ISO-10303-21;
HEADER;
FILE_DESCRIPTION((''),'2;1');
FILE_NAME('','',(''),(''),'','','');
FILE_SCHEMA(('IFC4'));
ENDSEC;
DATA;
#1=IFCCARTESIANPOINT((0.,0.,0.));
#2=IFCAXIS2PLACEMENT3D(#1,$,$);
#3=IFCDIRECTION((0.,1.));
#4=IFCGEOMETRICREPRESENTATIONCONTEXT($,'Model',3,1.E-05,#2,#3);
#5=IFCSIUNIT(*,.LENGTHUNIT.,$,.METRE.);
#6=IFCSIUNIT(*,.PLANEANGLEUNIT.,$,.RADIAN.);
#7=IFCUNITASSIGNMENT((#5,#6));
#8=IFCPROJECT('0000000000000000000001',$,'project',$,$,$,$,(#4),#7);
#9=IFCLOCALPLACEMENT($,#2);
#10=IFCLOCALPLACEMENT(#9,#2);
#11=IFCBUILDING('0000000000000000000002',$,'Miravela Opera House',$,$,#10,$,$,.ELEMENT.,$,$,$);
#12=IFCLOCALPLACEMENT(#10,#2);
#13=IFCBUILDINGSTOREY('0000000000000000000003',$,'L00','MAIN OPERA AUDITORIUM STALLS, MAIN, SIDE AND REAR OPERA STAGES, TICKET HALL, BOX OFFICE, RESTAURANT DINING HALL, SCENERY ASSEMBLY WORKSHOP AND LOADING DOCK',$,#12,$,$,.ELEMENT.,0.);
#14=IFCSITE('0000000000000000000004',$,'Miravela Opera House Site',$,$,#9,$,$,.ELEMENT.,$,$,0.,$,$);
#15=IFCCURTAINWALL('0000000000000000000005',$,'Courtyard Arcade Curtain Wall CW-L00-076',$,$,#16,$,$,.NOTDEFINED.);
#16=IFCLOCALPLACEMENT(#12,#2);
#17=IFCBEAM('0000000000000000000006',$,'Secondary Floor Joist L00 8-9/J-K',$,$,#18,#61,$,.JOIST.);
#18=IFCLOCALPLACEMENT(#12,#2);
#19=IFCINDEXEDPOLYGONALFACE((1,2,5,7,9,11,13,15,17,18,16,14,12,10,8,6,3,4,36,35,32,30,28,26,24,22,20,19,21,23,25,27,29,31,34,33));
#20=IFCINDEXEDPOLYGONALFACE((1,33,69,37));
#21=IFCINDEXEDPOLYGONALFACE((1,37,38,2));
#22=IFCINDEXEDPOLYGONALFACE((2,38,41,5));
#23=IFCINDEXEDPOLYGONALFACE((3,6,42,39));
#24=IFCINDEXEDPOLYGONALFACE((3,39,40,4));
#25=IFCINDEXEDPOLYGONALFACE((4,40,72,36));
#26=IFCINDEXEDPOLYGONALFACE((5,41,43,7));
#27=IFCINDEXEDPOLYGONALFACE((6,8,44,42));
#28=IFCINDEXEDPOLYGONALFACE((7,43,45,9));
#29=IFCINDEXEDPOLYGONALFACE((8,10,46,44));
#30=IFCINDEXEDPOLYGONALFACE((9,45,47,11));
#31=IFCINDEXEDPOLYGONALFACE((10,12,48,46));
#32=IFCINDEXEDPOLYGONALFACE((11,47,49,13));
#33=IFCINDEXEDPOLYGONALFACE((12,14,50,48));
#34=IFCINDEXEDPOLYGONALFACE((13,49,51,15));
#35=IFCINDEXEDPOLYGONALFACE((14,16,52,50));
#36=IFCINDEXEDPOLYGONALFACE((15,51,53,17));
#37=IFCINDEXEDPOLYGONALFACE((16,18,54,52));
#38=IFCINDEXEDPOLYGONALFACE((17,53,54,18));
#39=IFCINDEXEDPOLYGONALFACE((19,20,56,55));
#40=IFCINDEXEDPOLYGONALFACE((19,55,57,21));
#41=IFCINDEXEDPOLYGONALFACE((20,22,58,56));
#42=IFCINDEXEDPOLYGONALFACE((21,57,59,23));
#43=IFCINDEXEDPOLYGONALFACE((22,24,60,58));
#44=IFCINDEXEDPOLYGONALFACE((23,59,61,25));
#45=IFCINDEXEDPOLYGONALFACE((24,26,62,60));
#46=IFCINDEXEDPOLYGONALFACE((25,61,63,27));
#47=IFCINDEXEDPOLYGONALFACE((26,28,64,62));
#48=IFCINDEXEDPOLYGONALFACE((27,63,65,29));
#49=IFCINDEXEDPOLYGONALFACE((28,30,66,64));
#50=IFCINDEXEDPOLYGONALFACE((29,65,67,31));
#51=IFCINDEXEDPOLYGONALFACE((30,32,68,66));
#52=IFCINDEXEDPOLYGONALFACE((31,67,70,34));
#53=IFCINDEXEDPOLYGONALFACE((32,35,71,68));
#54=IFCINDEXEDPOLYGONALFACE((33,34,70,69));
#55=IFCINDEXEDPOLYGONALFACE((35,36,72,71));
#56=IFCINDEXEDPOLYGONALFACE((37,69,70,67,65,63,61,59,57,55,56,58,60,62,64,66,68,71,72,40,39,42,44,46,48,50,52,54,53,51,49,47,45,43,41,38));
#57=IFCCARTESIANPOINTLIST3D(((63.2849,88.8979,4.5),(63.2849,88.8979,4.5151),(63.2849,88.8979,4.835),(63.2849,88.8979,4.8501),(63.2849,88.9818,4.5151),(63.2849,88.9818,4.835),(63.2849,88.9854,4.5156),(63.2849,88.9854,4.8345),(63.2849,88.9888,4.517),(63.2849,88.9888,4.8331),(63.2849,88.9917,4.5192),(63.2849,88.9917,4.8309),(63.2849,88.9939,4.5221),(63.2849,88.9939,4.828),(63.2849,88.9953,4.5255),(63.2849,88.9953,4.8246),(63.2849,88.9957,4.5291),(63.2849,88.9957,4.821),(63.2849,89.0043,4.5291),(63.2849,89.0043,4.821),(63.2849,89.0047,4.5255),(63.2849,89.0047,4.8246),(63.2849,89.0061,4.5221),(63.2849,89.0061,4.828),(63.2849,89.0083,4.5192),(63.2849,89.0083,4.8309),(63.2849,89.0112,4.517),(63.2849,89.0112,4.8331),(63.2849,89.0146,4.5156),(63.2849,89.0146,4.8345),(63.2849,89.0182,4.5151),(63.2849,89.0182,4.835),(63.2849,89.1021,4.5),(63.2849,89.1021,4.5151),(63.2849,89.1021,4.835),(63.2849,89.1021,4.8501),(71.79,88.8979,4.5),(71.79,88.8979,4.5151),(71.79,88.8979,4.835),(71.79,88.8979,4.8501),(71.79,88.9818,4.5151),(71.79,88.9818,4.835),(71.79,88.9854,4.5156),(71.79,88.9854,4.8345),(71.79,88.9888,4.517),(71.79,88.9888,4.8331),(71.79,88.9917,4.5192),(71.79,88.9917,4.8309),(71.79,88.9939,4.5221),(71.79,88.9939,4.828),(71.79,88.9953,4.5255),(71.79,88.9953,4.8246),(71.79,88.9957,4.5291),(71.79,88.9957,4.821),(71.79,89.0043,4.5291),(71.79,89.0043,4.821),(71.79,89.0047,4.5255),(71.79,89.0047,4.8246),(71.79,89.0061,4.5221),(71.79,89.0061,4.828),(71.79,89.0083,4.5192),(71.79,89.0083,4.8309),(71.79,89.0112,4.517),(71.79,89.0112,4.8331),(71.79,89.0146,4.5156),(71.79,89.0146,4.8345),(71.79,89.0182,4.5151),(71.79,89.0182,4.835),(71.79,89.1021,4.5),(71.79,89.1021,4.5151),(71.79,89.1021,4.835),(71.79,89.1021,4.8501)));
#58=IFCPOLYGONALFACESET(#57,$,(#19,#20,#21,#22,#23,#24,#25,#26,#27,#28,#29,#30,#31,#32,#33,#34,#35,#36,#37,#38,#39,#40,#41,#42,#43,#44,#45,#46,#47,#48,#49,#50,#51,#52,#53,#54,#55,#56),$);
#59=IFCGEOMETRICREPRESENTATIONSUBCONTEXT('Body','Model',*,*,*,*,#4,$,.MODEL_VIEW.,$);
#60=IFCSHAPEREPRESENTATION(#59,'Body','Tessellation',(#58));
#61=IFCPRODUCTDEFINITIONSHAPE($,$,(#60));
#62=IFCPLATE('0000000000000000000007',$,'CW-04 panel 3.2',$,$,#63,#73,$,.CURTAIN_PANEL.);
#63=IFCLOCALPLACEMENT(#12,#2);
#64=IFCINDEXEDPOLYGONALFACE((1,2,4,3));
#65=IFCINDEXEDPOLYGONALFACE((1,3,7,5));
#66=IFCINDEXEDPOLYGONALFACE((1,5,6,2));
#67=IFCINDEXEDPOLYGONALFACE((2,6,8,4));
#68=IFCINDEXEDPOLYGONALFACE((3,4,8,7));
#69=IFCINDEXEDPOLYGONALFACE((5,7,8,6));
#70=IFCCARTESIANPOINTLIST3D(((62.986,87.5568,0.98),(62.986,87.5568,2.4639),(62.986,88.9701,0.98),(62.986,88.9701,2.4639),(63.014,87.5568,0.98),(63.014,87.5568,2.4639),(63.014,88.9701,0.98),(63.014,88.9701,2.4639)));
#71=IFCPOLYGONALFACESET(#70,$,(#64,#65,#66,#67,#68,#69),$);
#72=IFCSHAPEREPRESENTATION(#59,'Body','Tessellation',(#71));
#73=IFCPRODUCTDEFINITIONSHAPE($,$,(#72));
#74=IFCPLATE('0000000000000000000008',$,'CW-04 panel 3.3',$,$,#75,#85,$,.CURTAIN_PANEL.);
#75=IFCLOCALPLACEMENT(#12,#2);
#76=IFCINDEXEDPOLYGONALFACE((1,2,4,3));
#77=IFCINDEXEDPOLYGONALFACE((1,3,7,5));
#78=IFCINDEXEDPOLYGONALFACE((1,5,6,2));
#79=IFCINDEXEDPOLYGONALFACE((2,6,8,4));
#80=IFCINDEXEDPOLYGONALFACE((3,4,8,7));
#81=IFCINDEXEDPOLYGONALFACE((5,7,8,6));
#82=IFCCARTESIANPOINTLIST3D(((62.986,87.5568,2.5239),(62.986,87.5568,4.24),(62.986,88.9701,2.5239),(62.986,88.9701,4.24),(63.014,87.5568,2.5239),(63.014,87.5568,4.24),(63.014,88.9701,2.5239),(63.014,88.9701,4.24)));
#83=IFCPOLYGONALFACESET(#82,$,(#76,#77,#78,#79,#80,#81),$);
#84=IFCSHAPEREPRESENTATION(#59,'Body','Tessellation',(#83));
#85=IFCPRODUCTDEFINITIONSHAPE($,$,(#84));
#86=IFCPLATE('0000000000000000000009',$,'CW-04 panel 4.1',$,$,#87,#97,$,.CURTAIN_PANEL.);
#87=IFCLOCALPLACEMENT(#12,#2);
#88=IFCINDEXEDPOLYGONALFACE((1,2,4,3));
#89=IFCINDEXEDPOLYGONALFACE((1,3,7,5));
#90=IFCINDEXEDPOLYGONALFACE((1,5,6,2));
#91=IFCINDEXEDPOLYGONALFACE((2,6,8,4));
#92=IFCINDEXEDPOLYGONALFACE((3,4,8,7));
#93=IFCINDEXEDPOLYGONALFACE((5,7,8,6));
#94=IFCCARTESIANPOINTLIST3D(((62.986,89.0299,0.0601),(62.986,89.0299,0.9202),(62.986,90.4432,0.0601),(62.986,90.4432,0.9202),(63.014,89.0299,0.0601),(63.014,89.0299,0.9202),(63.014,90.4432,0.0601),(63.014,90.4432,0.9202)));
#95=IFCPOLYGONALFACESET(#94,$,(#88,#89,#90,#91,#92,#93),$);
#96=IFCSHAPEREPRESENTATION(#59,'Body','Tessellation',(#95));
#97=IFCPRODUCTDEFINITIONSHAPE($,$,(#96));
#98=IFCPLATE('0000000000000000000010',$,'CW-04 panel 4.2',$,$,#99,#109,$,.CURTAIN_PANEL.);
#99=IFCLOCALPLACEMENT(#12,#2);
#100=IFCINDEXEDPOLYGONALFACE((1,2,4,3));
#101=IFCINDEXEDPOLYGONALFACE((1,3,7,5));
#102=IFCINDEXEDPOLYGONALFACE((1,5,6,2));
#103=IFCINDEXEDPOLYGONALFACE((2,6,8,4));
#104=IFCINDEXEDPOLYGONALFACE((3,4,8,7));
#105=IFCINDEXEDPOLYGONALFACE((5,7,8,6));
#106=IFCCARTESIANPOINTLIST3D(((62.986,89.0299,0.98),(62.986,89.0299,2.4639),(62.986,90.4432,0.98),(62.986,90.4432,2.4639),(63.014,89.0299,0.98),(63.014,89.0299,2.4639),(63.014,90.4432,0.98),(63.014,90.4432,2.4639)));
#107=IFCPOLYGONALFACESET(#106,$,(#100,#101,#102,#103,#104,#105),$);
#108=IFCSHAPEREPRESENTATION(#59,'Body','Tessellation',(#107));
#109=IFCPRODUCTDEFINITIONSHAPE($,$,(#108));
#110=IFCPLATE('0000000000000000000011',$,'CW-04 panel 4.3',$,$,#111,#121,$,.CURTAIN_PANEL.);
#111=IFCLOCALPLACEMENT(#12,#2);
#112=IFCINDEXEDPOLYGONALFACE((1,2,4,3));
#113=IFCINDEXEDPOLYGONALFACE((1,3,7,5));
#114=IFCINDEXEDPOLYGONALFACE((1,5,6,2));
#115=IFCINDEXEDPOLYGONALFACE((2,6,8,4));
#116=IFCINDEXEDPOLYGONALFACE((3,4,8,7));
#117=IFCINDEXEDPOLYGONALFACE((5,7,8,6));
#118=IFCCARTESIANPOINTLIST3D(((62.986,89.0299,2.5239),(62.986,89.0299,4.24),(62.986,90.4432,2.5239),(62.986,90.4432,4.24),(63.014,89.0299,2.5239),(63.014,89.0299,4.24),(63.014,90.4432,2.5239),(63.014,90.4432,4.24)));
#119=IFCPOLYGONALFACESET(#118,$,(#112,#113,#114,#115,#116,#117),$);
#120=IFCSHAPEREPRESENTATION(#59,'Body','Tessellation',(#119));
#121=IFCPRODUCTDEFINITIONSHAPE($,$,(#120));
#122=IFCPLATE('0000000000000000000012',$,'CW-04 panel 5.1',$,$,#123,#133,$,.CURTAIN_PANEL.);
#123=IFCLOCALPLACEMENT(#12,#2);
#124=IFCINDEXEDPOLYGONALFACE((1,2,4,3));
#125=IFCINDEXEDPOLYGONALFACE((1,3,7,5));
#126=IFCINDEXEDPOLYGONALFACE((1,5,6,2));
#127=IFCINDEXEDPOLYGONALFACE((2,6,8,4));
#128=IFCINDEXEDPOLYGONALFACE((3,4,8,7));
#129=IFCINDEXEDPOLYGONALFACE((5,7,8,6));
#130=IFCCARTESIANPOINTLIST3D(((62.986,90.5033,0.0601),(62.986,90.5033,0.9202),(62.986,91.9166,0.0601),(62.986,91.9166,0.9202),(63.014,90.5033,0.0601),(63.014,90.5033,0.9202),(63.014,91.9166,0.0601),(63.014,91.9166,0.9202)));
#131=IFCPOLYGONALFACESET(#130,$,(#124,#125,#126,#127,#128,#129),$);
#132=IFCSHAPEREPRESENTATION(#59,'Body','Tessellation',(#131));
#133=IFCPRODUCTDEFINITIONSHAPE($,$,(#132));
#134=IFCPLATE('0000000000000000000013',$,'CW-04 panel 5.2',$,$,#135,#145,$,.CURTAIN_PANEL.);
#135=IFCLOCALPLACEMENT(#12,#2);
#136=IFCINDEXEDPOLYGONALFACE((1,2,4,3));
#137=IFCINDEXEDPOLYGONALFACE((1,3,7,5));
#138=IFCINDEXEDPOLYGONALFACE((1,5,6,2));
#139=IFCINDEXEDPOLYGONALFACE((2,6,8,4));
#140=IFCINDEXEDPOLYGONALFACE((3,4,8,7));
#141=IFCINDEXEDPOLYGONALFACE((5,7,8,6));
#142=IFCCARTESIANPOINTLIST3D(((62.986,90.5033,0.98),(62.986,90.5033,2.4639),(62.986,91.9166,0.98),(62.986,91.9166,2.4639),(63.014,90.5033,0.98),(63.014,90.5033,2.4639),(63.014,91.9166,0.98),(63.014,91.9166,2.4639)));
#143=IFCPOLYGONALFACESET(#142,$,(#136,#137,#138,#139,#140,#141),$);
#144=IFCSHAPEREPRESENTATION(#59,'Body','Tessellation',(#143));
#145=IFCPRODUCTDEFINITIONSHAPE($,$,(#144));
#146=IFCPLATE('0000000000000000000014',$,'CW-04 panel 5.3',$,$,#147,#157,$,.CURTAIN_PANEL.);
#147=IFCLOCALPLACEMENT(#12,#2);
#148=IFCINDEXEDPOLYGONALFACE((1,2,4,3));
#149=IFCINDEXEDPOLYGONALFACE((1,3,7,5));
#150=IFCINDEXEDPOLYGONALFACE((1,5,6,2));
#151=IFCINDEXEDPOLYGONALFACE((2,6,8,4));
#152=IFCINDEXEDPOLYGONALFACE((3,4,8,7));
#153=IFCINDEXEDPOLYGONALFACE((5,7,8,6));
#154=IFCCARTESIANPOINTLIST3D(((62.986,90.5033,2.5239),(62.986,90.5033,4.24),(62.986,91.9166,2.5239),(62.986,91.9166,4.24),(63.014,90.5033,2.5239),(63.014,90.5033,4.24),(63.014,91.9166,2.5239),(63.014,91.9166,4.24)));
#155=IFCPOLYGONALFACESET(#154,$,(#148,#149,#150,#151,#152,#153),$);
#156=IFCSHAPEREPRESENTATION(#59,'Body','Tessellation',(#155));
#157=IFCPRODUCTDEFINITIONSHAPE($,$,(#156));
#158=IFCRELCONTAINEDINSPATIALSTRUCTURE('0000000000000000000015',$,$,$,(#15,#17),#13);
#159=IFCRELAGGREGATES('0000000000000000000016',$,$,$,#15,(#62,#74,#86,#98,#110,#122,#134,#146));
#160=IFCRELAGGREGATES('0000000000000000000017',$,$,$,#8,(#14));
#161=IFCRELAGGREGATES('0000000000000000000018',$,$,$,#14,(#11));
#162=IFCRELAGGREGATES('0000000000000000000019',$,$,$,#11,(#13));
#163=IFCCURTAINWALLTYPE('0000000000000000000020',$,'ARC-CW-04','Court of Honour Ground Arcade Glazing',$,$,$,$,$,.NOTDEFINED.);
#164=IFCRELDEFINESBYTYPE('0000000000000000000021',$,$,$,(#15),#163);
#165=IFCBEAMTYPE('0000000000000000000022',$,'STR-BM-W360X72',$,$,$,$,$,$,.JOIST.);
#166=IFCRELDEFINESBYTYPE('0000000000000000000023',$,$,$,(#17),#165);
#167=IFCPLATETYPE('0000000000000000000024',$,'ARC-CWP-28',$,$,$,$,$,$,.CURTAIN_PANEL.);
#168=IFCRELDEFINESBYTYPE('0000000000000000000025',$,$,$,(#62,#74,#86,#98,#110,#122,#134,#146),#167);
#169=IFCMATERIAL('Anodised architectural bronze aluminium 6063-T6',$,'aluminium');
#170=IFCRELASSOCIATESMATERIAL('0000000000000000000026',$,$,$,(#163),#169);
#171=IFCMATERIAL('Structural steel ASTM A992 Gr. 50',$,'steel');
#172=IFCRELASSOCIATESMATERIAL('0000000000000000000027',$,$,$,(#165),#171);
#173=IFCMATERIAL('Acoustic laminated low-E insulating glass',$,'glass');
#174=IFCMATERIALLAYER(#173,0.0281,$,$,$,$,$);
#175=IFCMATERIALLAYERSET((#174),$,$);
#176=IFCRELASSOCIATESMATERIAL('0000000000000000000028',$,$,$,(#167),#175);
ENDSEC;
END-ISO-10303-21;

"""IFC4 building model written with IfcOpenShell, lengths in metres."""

from ifc_helpers import new_model, si_unit, direction, frame, origin, origin_2d, place, context, subcontext, project, spatial, rectangle, i_section, extrude, material, layer, layer_set, material_profile, profile_set, type_object, element, aggregate, save


model = new_model("IFC4")

# Units and contexts
model_context = context("Model", 3, precision=1e-05, world=origin(), true_north=direction((0.0, 1.0)))
body_context = subcontext(model_context, "Body", "Model", "MODEL_VIEW")
ifc_project = project(units=[si_unit("LENGTHUNIT", "METRE"), si_unit("PLANEANGLEUNIT", "RADIAN")], contexts=[model_context])

# Site, building, storey
site_placement = place(None, origin())
site = spatial("IfcSite", under=ifc_project, at=site_placement, Name="Miravela Opera House Site", CompositionType="ELEMENT", RefElevation=0.0)
building_placement = place(site_placement, origin())
building = spatial("IfcBuilding", under=site, at=building_placement, Name="Miravela Opera House", CompositionType="ELEMENT")
storey_placement = place(building_placement, origin())
storey = spatial("IfcBuildingStorey", under=building, at=storey_placement, Name="L00", Description="MAIN OPERA AUDITORIUM STALLS, MAIN, SIDE AND REAR OPERA STAGES, TICKET HALL, BOX OFFICE, RESTAURANT DINING HALL, SCENERY ASSEMBLY WORKSHOP AND LOADING DOCK", CompositionType="ELEMENT", Elevation=0.0)

# Curtain wall
ifc_material_1 = material(Name="Anodised architectural bronze aluminium 6063-T6", Category="aluminium")
curtain_wall_type = type_object("IfcCurtainWallType", Name="ARC-CW-04", Description="Court of Honour Ground Arcade Glazing", PredefinedType="NOTDEFINED", material=ifc_material_1)
curtain_wall_placement = place(storey_placement, origin())
curtain_wall = element("IfcCurtainWall", 1, at=curtain_wall_placement, inside=storey, type_object=curtain_wall_type, Name="Courtyard Arcade Curtain Wall CW-L00-076", PredefinedType="NOTDEFINED")

# Beam
ifc_material_2 = material(Name="Structural steel ASTM A992 Gr. 50", Category="steel")
ifc_material_profile_1 = material_profile(ifc_material_2, i_section(OverallWidth=0.2041, OverallDepth=0.3501, WebThickness=0.0085, FlangeThickness=0.0151, FilletRadius=0.0139, at=origin_2d()), Name="W360X72")
ifc_profile_set_1 = profile_set([ifc_material_profile_1])
beam_type_1 = type_object("IfcBeamType", Name="STR-BM-W360X72", PredefinedType="JOIST", material=ifc_profile_set_1)
beam_1_placement = place(storey_placement, frame((63.2849, 89.0, 4.675), z_axis=(1.0, 0.0, 0.0), x_axis=(0.0, 1.0, 0.0)))
element("IfcBeam", 2, at=beam_1_placement, inside=storey, type_object=beam_type_1, Name="Secondary Floor Joist L00 8-9/J-K", PredefinedType="JOIST", context=body_context, shape_type="SweptSolid", body=[
    extrude(i_section(OverallWidth=0.2041, OverallDepth=0.3501, WebThickness=0.0085, FlangeThickness=0.0151, FilletRadius=0.0139, at=origin_2d()), origin(), (0.0, 0.0, 1.0), 8.5051),
])

# Plates
ifc_material_3 = material(Name="Acoustic laminated low-E insulating glass", Category="glass")
ifc_layer = layer(ifc_material_3, 0.0281)
ifc_layer_set = layer_set([ifc_layer])
plate_type = type_object("IfcPlateType", Name="ARC-CWP-28", PredefinedType="CURTAIN_PANEL", material=ifc_layer_set)
plate_1_placement = place(storey_placement, frame((63.0, 88.2634, 0.98), z_axis=(0.0, 0.0, 1.0), x_axis=(0.0, 1.0, 0.0)))
plate_1 = element("IfcPlate", 3, at=plate_1_placement, type_object=plate_type, Name="CW-04 panel 3.2", PredefinedType="CURTAIN_PANEL", context=body_context, shape_type="SweptSolid", body=[
    extrude(rectangle(XDim=1.4133, YDim=0.0281, at=origin_2d()), origin(), (0.0, 0.0, 1.0), 1.4839),
])
plate_2_placement = place(storey_placement, frame((63.0, 88.2634, 2.5239), z_axis=(0.0, 0.0, 1.0), x_axis=(0.0, 1.0, 0.0)))
plate_2 = element("IfcPlate", 4, at=plate_2_placement, type_object=plate_type, Name="CW-04 panel 3.3", PredefinedType="CURTAIN_PANEL", context=body_context, shape_type="SweptSolid", body=[
    extrude(rectangle(XDim=1.4133, YDim=0.0281, at=origin_2d()), origin(), (0.0, 0.0, 1.0), 1.7161),
])
plate_3_placement = place(storey_placement, frame((63.0, 89.7366, 0.0601), z_axis=(0.0, 0.0, 1.0), x_axis=(0.0, 1.0, 0.0)))
plate_3 = element("IfcPlate", 5, at=plate_3_placement, type_object=plate_type, Name="CW-04 panel 4.1", PredefinedType="CURTAIN_PANEL", context=body_context, shape_type="SweptSolid", body=[
    extrude(rectangle(XDim=1.4133, YDim=0.0281, at=origin_2d()), origin(), (0.0, 0.0, 1.0), 0.8601),
])
plate_4_placement = place(storey_placement, frame((63.0, 89.7366, 0.98), z_axis=(0.0, 0.0, 1.0), x_axis=(0.0, 1.0, 0.0)))
plate_4 = element("IfcPlate", 6, at=plate_4_placement, type_object=plate_type, Name="CW-04 panel 4.2", PredefinedType="CURTAIN_PANEL", context=body_context, shape_type="SweptSolid", body=[
    extrude(rectangle(XDim=1.4133, YDim=0.0281, at=origin_2d()), origin(), (0.0, 0.0, 1.0), 1.4839),
])
plate_5_placement = place(storey_placement, frame((63.0, 89.7366, 2.5239), z_axis=(0.0, 0.0, 1.0), x_axis=(0.0, 1.0, 0.0)))
plate_5 = element("IfcPlate", 7, at=plate_5_placement, type_object=plate_type, Name="CW-04 panel 4.3", PredefinedType="CURTAIN_PANEL", context=body_context, shape_type="SweptSolid", body=[
    extrude(rectangle(XDim=1.4133, YDim=0.0281, at=origin_2d()), origin(), (0.0, 0.0, 1.0), 1.7161),
])
plate_6_placement = place(storey_placement, frame((63.0, 91.21, 0.0601), z_axis=(0.0, 0.0, 1.0), x_axis=(0.0, 1.0, 0.0)))
plate_6 = element("IfcPlate", 8, at=plate_6_placement, type_object=plate_type, Name="CW-04 panel 5.1", PredefinedType="CURTAIN_PANEL", context=body_context, shape_type="SweptSolid", body=[
    extrude(rectangle(XDim=1.4133, YDim=0.0281, at=origin_2d()), origin(), (0.0, 0.0, 1.0), 0.8601),
])
plate_7_placement = place(storey_placement, frame((63.0, 91.21, 0.98), z_axis=(0.0, 0.0, 1.0), x_axis=(0.0, 1.0, 0.0)))
plate_7 = element("IfcPlate", 9, at=plate_7_placement, type_object=plate_type, Name="CW-04 panel 5.2", PredefinedType="CURTAIN_PANEL", context=body_context, shape_type="SweptSolid", body=[
    extrude(rectangle(XDim=1.4133, YDim=0.0281, at=origin_2d()), origin(), (0.0, 0.0, 1.0), 1.4839),
])
plate_8_placement = place(storey_placement, frame((63.0, 91.21, 2.5239), z_axis=(0.0, 0.0, 1.0), x_axis=(0.0, 1.0, 0.0)))
plate_8 = element("IfcPlate", 10, at=plate_8_placement, type_object=plate_type, Name="CW-04 panel 5.3", PredefinedType="CURTAIN_PANEL", context=body_context, shape_type="SweptSolid", body=[
    extrude(rectangle(XDim=1.4133, YDim=0.0281, at=origin_2d()), origin(), (0.0, 0.0, 1.0), 1.7161),
])
aggregate(curtain_wall, [plate_1, plate_2, plate_3, plate_4, plate_5, plate_6, plate_7, plate_8])

save(model, "model.ifc")
